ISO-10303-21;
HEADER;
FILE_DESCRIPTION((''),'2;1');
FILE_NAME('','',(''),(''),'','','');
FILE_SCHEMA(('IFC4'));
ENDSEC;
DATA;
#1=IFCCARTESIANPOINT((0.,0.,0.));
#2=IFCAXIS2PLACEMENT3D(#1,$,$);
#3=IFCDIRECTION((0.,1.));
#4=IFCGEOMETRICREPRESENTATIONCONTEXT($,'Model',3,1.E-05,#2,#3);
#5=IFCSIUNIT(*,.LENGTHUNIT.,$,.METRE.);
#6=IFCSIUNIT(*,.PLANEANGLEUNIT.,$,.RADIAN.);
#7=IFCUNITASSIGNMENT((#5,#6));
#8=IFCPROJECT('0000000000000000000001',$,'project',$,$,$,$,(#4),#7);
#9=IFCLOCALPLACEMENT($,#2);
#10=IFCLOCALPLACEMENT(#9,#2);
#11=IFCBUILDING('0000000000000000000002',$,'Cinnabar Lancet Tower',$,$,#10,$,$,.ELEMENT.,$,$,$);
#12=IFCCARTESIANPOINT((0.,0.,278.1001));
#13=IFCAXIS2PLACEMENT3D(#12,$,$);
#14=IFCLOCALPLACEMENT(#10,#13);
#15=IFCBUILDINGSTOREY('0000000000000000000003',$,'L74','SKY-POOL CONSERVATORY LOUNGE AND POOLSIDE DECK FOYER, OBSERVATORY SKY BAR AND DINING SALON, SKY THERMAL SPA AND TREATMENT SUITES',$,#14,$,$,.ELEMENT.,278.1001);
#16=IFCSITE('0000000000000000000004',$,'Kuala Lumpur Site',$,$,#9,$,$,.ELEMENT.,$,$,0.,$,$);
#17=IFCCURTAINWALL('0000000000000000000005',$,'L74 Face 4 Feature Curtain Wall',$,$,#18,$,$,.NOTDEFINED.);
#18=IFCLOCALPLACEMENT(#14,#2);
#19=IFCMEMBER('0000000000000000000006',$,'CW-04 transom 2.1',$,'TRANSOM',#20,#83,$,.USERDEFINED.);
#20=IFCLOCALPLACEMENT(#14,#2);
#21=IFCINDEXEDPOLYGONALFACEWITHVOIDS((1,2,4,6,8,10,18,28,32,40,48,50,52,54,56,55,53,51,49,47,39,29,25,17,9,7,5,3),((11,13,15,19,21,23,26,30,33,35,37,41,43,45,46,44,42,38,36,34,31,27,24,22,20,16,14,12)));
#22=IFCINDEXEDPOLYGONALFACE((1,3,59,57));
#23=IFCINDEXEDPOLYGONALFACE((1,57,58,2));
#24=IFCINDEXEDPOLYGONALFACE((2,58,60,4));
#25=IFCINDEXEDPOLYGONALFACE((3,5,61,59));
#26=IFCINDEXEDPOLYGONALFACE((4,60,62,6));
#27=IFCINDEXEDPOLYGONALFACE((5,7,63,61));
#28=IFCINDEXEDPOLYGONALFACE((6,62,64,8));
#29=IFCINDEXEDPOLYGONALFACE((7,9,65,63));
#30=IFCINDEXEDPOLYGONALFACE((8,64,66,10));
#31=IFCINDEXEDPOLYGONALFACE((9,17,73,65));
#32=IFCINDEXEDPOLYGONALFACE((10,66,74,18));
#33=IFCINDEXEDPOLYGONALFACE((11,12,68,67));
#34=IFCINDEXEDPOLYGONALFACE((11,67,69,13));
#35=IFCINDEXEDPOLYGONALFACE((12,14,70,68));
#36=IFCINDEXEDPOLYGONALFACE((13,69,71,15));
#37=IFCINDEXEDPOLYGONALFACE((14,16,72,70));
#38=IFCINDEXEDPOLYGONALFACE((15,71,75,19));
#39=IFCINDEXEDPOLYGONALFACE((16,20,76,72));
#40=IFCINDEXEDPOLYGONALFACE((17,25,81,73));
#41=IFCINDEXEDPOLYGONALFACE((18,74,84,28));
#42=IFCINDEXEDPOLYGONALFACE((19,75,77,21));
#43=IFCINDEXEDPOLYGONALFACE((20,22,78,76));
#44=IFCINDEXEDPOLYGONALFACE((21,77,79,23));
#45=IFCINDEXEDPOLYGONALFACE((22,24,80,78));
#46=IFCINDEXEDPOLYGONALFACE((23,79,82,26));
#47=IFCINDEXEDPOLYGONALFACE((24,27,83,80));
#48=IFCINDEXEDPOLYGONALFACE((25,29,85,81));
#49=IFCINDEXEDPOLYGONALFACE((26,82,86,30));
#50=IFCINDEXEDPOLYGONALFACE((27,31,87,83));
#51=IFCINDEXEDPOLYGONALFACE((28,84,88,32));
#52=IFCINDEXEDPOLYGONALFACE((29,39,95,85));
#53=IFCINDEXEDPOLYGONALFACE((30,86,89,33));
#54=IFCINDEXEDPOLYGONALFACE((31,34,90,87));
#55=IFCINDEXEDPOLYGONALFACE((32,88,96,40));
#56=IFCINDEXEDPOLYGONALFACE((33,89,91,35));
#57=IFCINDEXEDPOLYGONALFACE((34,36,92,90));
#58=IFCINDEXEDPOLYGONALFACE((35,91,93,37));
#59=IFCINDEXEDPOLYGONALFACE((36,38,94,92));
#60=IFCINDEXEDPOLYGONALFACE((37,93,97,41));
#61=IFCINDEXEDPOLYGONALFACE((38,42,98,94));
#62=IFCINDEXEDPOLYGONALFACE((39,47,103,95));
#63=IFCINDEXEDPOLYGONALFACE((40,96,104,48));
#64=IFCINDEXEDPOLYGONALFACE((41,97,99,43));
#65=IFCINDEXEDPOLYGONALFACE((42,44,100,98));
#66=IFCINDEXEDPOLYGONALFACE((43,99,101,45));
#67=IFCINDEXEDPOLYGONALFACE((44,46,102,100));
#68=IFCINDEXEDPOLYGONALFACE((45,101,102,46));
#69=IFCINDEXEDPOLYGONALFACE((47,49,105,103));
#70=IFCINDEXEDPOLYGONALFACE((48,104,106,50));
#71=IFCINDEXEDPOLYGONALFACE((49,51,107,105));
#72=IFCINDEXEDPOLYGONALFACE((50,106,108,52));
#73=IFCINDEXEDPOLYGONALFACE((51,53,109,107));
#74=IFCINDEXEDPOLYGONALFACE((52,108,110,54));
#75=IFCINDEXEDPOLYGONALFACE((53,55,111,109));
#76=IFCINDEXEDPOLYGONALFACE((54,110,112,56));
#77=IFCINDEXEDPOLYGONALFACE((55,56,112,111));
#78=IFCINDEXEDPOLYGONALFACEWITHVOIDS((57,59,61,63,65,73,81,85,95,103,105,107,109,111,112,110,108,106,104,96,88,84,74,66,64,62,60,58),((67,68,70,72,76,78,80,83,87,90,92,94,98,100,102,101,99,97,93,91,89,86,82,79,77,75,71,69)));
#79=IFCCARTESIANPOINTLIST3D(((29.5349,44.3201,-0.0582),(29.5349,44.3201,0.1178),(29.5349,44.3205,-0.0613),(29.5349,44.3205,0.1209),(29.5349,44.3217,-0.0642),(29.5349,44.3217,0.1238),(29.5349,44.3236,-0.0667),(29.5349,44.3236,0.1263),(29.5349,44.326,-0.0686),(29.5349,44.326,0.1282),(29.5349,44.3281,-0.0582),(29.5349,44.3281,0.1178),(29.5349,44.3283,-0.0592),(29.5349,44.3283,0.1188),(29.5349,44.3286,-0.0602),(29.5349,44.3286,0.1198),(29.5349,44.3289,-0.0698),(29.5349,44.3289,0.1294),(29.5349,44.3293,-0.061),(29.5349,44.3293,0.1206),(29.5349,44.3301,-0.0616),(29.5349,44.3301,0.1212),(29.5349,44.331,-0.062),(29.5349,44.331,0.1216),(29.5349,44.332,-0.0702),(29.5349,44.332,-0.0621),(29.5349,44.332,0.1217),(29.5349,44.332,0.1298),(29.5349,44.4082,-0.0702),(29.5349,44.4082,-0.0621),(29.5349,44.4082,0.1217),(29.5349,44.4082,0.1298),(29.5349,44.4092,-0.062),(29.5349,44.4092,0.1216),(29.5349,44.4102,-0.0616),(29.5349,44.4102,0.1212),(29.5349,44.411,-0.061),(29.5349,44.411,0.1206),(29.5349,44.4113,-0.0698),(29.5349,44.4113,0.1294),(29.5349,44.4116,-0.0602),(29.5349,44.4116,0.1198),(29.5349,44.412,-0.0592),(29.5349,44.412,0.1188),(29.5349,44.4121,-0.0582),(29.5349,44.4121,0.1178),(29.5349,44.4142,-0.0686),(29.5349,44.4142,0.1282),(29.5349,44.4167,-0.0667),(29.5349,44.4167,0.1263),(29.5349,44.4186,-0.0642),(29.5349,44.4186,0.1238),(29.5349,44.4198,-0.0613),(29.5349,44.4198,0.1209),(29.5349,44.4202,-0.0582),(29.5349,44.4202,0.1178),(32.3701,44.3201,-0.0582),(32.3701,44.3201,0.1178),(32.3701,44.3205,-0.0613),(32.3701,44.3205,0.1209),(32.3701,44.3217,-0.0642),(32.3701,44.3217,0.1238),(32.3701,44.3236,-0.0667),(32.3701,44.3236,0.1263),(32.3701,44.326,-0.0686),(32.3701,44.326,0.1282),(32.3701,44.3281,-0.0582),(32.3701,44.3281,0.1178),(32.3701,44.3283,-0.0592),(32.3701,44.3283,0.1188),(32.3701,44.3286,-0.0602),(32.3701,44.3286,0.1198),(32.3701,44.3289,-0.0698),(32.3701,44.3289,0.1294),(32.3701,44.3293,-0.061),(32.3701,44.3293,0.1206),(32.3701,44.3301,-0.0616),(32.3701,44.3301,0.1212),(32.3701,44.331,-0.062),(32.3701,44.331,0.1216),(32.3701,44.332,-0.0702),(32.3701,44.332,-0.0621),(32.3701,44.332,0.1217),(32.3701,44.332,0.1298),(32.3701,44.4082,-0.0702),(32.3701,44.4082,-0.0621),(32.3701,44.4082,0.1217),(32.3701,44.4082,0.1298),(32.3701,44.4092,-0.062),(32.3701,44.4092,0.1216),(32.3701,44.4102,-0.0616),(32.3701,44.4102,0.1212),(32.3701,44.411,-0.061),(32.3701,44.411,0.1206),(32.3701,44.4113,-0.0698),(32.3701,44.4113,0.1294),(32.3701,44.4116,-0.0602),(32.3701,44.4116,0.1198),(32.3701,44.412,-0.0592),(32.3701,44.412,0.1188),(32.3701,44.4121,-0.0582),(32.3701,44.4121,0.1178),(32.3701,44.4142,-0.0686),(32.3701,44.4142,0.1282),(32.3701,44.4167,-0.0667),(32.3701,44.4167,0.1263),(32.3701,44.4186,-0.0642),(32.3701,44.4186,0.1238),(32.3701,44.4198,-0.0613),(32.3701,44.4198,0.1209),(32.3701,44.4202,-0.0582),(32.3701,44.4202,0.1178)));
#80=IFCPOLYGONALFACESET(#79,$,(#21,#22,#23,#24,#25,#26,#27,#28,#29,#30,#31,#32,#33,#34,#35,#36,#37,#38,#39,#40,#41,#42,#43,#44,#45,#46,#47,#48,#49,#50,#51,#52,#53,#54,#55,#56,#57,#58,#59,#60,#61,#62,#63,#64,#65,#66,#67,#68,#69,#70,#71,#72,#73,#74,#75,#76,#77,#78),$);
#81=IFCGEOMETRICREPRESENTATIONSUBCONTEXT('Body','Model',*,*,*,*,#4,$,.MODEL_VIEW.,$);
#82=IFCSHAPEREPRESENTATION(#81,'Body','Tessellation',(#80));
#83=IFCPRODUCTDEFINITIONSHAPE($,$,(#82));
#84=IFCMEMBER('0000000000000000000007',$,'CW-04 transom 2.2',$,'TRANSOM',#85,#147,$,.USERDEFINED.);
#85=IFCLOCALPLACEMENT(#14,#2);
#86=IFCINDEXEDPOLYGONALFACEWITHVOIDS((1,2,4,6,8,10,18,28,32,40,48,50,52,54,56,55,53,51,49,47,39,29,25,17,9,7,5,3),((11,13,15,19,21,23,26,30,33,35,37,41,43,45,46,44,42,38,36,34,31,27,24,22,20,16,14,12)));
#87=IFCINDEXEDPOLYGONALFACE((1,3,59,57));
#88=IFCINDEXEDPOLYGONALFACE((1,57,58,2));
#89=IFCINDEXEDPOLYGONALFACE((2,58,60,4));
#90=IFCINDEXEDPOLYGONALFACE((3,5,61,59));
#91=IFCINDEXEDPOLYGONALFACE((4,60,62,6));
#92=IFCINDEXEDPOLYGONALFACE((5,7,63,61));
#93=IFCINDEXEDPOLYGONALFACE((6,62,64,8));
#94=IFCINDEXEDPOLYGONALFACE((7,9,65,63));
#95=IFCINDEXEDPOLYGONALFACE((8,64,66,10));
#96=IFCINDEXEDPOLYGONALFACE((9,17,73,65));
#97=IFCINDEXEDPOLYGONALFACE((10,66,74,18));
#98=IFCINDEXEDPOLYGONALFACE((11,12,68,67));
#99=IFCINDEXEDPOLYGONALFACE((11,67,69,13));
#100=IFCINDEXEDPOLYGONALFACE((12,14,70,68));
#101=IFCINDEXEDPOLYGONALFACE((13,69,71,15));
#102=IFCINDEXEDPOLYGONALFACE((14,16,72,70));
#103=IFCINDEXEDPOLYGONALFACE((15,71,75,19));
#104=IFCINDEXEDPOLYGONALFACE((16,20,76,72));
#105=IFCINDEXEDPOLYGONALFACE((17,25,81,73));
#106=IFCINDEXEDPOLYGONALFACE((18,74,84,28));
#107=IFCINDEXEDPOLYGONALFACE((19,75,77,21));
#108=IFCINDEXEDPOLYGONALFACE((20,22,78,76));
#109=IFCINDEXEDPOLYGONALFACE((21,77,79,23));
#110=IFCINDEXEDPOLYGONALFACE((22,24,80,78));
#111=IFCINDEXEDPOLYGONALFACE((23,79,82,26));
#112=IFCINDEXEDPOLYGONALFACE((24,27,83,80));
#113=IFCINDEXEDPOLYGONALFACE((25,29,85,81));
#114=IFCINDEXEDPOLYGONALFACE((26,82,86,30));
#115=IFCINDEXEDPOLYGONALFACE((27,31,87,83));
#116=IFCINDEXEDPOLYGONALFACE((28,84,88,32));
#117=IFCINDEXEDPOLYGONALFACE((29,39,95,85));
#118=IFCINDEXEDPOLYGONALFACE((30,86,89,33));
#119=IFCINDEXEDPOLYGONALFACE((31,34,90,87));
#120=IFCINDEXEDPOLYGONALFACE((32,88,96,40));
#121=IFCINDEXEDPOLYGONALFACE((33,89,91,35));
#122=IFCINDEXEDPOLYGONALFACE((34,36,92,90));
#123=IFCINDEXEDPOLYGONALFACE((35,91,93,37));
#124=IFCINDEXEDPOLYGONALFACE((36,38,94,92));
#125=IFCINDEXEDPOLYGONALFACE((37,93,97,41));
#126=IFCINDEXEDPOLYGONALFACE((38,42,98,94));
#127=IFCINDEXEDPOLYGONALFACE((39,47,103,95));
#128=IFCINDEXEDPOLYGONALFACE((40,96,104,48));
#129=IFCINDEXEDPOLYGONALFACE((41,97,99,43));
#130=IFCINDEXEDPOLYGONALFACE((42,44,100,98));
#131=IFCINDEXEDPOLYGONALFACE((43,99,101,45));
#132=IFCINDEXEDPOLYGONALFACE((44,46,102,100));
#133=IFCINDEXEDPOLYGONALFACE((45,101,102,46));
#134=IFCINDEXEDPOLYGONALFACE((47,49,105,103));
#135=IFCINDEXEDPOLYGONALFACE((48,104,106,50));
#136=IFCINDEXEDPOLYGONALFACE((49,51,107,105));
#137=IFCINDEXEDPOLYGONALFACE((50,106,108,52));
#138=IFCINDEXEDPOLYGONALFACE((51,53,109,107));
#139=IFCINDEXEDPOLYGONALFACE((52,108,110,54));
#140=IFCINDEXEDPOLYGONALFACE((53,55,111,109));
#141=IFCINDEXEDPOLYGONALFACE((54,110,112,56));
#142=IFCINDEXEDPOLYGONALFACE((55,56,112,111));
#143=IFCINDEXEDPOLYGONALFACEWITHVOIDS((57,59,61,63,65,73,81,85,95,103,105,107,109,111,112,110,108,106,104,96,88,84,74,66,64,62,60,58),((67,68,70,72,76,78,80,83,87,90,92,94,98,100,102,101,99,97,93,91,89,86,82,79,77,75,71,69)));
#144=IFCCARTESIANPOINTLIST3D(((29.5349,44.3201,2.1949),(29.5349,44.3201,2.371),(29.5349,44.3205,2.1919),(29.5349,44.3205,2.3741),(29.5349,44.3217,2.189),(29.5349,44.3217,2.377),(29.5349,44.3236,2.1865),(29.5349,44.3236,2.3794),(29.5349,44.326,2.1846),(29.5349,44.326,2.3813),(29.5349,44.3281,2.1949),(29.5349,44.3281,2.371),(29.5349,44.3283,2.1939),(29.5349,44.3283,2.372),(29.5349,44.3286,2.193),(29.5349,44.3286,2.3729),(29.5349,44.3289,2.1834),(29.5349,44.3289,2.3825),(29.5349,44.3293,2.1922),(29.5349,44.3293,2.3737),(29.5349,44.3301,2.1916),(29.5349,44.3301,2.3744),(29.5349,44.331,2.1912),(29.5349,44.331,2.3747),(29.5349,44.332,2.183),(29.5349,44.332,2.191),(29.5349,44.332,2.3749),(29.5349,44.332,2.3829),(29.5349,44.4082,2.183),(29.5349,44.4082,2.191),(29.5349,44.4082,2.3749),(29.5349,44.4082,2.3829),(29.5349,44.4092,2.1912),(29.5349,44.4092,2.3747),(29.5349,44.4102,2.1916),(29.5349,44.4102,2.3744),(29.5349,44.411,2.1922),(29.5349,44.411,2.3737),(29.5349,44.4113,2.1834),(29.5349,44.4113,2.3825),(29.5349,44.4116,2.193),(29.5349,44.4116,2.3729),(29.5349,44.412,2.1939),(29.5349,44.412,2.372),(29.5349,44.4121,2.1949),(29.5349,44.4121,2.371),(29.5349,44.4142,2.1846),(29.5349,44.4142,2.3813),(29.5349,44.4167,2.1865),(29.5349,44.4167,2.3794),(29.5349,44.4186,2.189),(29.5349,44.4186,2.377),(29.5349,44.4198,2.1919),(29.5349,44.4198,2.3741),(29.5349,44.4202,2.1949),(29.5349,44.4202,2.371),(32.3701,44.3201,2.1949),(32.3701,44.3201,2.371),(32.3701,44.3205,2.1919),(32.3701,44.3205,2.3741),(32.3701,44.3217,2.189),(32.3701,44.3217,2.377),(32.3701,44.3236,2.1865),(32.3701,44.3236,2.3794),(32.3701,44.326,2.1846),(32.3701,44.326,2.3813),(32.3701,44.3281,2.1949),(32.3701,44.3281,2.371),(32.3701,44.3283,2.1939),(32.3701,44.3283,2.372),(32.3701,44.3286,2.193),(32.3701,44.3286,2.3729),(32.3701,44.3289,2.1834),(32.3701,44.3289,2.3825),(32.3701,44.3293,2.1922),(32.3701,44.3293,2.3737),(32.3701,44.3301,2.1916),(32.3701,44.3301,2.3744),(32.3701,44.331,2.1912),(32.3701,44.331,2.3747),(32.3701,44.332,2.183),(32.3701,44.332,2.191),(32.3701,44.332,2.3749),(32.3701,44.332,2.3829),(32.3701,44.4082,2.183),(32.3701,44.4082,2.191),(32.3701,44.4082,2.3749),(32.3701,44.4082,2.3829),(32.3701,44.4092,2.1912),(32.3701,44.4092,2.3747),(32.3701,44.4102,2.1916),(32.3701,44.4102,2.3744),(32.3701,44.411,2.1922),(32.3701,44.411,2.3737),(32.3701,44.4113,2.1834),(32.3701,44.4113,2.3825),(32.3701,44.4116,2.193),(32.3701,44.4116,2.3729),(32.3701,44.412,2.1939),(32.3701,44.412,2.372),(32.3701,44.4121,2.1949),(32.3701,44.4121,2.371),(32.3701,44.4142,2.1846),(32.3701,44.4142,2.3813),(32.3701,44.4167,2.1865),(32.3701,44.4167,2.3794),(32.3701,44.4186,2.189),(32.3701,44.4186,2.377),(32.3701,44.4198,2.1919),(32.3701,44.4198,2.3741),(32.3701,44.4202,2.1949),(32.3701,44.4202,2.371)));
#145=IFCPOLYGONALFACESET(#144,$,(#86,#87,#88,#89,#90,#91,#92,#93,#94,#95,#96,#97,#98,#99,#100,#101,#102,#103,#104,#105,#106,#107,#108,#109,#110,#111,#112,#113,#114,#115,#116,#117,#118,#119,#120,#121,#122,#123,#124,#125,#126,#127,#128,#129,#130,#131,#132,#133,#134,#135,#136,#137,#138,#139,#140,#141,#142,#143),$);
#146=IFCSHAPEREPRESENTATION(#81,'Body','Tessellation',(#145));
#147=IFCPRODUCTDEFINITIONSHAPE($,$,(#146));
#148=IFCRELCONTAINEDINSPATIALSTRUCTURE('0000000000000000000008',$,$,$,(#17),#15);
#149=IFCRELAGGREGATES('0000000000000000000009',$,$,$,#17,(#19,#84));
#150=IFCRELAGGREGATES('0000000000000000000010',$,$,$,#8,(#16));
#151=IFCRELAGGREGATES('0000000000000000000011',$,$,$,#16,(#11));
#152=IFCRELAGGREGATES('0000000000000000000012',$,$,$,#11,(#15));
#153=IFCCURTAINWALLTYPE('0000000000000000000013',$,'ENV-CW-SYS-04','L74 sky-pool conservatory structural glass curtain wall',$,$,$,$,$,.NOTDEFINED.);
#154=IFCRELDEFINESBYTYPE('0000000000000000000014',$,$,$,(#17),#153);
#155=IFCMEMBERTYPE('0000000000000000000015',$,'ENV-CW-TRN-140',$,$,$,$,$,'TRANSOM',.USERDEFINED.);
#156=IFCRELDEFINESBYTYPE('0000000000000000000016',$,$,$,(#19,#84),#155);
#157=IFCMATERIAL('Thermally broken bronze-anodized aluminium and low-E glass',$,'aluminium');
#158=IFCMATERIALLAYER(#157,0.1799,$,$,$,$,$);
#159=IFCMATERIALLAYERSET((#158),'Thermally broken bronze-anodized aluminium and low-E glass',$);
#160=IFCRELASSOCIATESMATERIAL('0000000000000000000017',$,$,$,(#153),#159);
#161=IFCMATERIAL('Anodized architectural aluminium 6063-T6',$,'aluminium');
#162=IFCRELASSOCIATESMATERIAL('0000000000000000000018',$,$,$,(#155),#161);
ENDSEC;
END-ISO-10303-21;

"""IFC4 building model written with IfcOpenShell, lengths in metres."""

from ifc_helpers import new_model, si_unit, direction, frame, origin, origin_2d, place, context, subcontext, project, spatial, hollow_rectangle, extrude, material, layer, layer_set, material_profile, profile_set, type_object, element, aggregate, save


model = new_model("IFC4")

# Units and contexts
model_context = context("Model", 3, precision=1e-05, world=origin(), true_north=direction((0.0, 1.0)))
body_context = subcontext(model_context, "Body", "Model", "MODEL_VIEW")
ifc_project = project(units=[si_unit("LENGTHUNIT", "METRE"), si_unit("PLANEANGLEUNIT", "RADIAN")], contexts=[model_context])

# Site, building, storey
site_placement = place(None, origin())
site = spatial("IfcSite", under=ifc_project, at=site_placement, Name="Kuala Lumpur Site", CompositionType="ELEMENT", RefElevation=0.0)
building_placement = place(site_placement, origin())
building = spatial("IfcBuilding", under=site, at=building_placement, Name="Cinnabar Lancet Tower", CompositionType="ELEMENT")
storey_placement = place(building_placement, frame((0.0, 0.0, 278.1001)))
storey = spatial("IfcBuildingStorey", under=building, at=storey_placement, Name="L74", Description="SKY-POOL CONSERVATORY LOUNGE AND POOLSIDE DECK FOYER, OBSERVATORY SKY BAR AND DINING SALON, SKY THERMAL SPA AND TREATMENT SUITES", CompositionType="ELEMENT", Elevation=278.1001)

# Curtain wall, members
ifc_material_1 = material(Name="Thermally broken bronze-anodized aluminium and low-E glass", Category="aluminium")
ifc_layer_1 = layer(ifc_material_1, 0.1799)
ifc_layer_set_1 = layer_set([ifc_layer_1], Name="Thermally broken bronze-anodized aluminium and low-E glass")
curtain_wall_type = type_object("IfcCurtainWallType", Name="ENV-CW-SYS-04", Description="L74 sky-pool conservatory structural glass curtain wall", PredefinedType="NOTDEFINED", material=ifc_layer_set_1)
curtain_wall_placement = place(storey_placement, origin())
curtain_wall = element("IfcCurtainWall", 1, at=curtain_wall_placement, inside=storey, type_object=curtain_wall_type, Name="L74 Face 4 Feature Curtain Wall", PredefinedType="NOTDEFINED")
ifc_material_2 = material(Name="Anodized architectural aluminium 6063-T6", Category="aluminium")
ifc_material_profile_1 = material_profile(ifc_material_2, hollow_rectangle(XDim=0.1001, YDim=0.2, WallThickness=0.0081, InnerFilletRadius=0.0039, OuterFilletRadius=0.012, at=origin_2d()), Name="RHS 200x100x8")
ifc_profile_set_1 = profile_set([ifc_material_profile_1], Name="Anodized architectural aluminium 6063-T6")
member_type_1 = type_object("IfcMemberType", Name="ENV-CW-TRN-140", ElementType="TRANSOM", PredefinedType="USERDEFINED", material=ifc_profile_set_1)
member_1_placement = place(storey_placement, frame((32.3701, 44.3701, 0.0298), z_axis=(-1.0, 0.0, 0.0), x_axis=(0.0, -1.0, 0.0)))
member_1 = element("IfcMember", 2, at=member_1_placement, type_object=member_type_1, Name="CW-04 transom 2.1", ObjectType="TRANSOM", PredefinedType="USERDEFINED", context=body_context, shape_type="SweptSolid", body=[
    extrude(hollow_rectangle(XDim=0.1001, YDim=0.2, WallThickness=0.0081, InnerFilletRadius=0.0039, OuterFilletRadius=0.012, at=origin_2d()), origin(), (0.0, 0.0, 1.0), 2.8352),
])
member_2_placement = place(storey_placement, frame((32.3701, 44.3701, 2.283), z_axis=(-1.0, 0.0, 0.0), x_axis=(0.0, -1.0, 0.0)))
member_2 = element("IfcMember", 3, at=member_2_placement, type_object=member_type_1, Name="CW-04 transom 2.2", ObjectType="TRANSOM", PredefinedType="USERDEFINED", context=body_context, shape_type="SweptSolid", body=[
    extrude(hollow_rectangle(XDim=0.1001, YDim=0.2, WallThickness=0.0081, InnerFilletRadius=0.0039, OuterFilletRadius=0.012, at=origin_2d()), origin(), (0.0, 0.0, 1.0), 2.8352),
])

aggregate(curtain_wall, [member_1, member_2])

save(model, "model.ifc")
